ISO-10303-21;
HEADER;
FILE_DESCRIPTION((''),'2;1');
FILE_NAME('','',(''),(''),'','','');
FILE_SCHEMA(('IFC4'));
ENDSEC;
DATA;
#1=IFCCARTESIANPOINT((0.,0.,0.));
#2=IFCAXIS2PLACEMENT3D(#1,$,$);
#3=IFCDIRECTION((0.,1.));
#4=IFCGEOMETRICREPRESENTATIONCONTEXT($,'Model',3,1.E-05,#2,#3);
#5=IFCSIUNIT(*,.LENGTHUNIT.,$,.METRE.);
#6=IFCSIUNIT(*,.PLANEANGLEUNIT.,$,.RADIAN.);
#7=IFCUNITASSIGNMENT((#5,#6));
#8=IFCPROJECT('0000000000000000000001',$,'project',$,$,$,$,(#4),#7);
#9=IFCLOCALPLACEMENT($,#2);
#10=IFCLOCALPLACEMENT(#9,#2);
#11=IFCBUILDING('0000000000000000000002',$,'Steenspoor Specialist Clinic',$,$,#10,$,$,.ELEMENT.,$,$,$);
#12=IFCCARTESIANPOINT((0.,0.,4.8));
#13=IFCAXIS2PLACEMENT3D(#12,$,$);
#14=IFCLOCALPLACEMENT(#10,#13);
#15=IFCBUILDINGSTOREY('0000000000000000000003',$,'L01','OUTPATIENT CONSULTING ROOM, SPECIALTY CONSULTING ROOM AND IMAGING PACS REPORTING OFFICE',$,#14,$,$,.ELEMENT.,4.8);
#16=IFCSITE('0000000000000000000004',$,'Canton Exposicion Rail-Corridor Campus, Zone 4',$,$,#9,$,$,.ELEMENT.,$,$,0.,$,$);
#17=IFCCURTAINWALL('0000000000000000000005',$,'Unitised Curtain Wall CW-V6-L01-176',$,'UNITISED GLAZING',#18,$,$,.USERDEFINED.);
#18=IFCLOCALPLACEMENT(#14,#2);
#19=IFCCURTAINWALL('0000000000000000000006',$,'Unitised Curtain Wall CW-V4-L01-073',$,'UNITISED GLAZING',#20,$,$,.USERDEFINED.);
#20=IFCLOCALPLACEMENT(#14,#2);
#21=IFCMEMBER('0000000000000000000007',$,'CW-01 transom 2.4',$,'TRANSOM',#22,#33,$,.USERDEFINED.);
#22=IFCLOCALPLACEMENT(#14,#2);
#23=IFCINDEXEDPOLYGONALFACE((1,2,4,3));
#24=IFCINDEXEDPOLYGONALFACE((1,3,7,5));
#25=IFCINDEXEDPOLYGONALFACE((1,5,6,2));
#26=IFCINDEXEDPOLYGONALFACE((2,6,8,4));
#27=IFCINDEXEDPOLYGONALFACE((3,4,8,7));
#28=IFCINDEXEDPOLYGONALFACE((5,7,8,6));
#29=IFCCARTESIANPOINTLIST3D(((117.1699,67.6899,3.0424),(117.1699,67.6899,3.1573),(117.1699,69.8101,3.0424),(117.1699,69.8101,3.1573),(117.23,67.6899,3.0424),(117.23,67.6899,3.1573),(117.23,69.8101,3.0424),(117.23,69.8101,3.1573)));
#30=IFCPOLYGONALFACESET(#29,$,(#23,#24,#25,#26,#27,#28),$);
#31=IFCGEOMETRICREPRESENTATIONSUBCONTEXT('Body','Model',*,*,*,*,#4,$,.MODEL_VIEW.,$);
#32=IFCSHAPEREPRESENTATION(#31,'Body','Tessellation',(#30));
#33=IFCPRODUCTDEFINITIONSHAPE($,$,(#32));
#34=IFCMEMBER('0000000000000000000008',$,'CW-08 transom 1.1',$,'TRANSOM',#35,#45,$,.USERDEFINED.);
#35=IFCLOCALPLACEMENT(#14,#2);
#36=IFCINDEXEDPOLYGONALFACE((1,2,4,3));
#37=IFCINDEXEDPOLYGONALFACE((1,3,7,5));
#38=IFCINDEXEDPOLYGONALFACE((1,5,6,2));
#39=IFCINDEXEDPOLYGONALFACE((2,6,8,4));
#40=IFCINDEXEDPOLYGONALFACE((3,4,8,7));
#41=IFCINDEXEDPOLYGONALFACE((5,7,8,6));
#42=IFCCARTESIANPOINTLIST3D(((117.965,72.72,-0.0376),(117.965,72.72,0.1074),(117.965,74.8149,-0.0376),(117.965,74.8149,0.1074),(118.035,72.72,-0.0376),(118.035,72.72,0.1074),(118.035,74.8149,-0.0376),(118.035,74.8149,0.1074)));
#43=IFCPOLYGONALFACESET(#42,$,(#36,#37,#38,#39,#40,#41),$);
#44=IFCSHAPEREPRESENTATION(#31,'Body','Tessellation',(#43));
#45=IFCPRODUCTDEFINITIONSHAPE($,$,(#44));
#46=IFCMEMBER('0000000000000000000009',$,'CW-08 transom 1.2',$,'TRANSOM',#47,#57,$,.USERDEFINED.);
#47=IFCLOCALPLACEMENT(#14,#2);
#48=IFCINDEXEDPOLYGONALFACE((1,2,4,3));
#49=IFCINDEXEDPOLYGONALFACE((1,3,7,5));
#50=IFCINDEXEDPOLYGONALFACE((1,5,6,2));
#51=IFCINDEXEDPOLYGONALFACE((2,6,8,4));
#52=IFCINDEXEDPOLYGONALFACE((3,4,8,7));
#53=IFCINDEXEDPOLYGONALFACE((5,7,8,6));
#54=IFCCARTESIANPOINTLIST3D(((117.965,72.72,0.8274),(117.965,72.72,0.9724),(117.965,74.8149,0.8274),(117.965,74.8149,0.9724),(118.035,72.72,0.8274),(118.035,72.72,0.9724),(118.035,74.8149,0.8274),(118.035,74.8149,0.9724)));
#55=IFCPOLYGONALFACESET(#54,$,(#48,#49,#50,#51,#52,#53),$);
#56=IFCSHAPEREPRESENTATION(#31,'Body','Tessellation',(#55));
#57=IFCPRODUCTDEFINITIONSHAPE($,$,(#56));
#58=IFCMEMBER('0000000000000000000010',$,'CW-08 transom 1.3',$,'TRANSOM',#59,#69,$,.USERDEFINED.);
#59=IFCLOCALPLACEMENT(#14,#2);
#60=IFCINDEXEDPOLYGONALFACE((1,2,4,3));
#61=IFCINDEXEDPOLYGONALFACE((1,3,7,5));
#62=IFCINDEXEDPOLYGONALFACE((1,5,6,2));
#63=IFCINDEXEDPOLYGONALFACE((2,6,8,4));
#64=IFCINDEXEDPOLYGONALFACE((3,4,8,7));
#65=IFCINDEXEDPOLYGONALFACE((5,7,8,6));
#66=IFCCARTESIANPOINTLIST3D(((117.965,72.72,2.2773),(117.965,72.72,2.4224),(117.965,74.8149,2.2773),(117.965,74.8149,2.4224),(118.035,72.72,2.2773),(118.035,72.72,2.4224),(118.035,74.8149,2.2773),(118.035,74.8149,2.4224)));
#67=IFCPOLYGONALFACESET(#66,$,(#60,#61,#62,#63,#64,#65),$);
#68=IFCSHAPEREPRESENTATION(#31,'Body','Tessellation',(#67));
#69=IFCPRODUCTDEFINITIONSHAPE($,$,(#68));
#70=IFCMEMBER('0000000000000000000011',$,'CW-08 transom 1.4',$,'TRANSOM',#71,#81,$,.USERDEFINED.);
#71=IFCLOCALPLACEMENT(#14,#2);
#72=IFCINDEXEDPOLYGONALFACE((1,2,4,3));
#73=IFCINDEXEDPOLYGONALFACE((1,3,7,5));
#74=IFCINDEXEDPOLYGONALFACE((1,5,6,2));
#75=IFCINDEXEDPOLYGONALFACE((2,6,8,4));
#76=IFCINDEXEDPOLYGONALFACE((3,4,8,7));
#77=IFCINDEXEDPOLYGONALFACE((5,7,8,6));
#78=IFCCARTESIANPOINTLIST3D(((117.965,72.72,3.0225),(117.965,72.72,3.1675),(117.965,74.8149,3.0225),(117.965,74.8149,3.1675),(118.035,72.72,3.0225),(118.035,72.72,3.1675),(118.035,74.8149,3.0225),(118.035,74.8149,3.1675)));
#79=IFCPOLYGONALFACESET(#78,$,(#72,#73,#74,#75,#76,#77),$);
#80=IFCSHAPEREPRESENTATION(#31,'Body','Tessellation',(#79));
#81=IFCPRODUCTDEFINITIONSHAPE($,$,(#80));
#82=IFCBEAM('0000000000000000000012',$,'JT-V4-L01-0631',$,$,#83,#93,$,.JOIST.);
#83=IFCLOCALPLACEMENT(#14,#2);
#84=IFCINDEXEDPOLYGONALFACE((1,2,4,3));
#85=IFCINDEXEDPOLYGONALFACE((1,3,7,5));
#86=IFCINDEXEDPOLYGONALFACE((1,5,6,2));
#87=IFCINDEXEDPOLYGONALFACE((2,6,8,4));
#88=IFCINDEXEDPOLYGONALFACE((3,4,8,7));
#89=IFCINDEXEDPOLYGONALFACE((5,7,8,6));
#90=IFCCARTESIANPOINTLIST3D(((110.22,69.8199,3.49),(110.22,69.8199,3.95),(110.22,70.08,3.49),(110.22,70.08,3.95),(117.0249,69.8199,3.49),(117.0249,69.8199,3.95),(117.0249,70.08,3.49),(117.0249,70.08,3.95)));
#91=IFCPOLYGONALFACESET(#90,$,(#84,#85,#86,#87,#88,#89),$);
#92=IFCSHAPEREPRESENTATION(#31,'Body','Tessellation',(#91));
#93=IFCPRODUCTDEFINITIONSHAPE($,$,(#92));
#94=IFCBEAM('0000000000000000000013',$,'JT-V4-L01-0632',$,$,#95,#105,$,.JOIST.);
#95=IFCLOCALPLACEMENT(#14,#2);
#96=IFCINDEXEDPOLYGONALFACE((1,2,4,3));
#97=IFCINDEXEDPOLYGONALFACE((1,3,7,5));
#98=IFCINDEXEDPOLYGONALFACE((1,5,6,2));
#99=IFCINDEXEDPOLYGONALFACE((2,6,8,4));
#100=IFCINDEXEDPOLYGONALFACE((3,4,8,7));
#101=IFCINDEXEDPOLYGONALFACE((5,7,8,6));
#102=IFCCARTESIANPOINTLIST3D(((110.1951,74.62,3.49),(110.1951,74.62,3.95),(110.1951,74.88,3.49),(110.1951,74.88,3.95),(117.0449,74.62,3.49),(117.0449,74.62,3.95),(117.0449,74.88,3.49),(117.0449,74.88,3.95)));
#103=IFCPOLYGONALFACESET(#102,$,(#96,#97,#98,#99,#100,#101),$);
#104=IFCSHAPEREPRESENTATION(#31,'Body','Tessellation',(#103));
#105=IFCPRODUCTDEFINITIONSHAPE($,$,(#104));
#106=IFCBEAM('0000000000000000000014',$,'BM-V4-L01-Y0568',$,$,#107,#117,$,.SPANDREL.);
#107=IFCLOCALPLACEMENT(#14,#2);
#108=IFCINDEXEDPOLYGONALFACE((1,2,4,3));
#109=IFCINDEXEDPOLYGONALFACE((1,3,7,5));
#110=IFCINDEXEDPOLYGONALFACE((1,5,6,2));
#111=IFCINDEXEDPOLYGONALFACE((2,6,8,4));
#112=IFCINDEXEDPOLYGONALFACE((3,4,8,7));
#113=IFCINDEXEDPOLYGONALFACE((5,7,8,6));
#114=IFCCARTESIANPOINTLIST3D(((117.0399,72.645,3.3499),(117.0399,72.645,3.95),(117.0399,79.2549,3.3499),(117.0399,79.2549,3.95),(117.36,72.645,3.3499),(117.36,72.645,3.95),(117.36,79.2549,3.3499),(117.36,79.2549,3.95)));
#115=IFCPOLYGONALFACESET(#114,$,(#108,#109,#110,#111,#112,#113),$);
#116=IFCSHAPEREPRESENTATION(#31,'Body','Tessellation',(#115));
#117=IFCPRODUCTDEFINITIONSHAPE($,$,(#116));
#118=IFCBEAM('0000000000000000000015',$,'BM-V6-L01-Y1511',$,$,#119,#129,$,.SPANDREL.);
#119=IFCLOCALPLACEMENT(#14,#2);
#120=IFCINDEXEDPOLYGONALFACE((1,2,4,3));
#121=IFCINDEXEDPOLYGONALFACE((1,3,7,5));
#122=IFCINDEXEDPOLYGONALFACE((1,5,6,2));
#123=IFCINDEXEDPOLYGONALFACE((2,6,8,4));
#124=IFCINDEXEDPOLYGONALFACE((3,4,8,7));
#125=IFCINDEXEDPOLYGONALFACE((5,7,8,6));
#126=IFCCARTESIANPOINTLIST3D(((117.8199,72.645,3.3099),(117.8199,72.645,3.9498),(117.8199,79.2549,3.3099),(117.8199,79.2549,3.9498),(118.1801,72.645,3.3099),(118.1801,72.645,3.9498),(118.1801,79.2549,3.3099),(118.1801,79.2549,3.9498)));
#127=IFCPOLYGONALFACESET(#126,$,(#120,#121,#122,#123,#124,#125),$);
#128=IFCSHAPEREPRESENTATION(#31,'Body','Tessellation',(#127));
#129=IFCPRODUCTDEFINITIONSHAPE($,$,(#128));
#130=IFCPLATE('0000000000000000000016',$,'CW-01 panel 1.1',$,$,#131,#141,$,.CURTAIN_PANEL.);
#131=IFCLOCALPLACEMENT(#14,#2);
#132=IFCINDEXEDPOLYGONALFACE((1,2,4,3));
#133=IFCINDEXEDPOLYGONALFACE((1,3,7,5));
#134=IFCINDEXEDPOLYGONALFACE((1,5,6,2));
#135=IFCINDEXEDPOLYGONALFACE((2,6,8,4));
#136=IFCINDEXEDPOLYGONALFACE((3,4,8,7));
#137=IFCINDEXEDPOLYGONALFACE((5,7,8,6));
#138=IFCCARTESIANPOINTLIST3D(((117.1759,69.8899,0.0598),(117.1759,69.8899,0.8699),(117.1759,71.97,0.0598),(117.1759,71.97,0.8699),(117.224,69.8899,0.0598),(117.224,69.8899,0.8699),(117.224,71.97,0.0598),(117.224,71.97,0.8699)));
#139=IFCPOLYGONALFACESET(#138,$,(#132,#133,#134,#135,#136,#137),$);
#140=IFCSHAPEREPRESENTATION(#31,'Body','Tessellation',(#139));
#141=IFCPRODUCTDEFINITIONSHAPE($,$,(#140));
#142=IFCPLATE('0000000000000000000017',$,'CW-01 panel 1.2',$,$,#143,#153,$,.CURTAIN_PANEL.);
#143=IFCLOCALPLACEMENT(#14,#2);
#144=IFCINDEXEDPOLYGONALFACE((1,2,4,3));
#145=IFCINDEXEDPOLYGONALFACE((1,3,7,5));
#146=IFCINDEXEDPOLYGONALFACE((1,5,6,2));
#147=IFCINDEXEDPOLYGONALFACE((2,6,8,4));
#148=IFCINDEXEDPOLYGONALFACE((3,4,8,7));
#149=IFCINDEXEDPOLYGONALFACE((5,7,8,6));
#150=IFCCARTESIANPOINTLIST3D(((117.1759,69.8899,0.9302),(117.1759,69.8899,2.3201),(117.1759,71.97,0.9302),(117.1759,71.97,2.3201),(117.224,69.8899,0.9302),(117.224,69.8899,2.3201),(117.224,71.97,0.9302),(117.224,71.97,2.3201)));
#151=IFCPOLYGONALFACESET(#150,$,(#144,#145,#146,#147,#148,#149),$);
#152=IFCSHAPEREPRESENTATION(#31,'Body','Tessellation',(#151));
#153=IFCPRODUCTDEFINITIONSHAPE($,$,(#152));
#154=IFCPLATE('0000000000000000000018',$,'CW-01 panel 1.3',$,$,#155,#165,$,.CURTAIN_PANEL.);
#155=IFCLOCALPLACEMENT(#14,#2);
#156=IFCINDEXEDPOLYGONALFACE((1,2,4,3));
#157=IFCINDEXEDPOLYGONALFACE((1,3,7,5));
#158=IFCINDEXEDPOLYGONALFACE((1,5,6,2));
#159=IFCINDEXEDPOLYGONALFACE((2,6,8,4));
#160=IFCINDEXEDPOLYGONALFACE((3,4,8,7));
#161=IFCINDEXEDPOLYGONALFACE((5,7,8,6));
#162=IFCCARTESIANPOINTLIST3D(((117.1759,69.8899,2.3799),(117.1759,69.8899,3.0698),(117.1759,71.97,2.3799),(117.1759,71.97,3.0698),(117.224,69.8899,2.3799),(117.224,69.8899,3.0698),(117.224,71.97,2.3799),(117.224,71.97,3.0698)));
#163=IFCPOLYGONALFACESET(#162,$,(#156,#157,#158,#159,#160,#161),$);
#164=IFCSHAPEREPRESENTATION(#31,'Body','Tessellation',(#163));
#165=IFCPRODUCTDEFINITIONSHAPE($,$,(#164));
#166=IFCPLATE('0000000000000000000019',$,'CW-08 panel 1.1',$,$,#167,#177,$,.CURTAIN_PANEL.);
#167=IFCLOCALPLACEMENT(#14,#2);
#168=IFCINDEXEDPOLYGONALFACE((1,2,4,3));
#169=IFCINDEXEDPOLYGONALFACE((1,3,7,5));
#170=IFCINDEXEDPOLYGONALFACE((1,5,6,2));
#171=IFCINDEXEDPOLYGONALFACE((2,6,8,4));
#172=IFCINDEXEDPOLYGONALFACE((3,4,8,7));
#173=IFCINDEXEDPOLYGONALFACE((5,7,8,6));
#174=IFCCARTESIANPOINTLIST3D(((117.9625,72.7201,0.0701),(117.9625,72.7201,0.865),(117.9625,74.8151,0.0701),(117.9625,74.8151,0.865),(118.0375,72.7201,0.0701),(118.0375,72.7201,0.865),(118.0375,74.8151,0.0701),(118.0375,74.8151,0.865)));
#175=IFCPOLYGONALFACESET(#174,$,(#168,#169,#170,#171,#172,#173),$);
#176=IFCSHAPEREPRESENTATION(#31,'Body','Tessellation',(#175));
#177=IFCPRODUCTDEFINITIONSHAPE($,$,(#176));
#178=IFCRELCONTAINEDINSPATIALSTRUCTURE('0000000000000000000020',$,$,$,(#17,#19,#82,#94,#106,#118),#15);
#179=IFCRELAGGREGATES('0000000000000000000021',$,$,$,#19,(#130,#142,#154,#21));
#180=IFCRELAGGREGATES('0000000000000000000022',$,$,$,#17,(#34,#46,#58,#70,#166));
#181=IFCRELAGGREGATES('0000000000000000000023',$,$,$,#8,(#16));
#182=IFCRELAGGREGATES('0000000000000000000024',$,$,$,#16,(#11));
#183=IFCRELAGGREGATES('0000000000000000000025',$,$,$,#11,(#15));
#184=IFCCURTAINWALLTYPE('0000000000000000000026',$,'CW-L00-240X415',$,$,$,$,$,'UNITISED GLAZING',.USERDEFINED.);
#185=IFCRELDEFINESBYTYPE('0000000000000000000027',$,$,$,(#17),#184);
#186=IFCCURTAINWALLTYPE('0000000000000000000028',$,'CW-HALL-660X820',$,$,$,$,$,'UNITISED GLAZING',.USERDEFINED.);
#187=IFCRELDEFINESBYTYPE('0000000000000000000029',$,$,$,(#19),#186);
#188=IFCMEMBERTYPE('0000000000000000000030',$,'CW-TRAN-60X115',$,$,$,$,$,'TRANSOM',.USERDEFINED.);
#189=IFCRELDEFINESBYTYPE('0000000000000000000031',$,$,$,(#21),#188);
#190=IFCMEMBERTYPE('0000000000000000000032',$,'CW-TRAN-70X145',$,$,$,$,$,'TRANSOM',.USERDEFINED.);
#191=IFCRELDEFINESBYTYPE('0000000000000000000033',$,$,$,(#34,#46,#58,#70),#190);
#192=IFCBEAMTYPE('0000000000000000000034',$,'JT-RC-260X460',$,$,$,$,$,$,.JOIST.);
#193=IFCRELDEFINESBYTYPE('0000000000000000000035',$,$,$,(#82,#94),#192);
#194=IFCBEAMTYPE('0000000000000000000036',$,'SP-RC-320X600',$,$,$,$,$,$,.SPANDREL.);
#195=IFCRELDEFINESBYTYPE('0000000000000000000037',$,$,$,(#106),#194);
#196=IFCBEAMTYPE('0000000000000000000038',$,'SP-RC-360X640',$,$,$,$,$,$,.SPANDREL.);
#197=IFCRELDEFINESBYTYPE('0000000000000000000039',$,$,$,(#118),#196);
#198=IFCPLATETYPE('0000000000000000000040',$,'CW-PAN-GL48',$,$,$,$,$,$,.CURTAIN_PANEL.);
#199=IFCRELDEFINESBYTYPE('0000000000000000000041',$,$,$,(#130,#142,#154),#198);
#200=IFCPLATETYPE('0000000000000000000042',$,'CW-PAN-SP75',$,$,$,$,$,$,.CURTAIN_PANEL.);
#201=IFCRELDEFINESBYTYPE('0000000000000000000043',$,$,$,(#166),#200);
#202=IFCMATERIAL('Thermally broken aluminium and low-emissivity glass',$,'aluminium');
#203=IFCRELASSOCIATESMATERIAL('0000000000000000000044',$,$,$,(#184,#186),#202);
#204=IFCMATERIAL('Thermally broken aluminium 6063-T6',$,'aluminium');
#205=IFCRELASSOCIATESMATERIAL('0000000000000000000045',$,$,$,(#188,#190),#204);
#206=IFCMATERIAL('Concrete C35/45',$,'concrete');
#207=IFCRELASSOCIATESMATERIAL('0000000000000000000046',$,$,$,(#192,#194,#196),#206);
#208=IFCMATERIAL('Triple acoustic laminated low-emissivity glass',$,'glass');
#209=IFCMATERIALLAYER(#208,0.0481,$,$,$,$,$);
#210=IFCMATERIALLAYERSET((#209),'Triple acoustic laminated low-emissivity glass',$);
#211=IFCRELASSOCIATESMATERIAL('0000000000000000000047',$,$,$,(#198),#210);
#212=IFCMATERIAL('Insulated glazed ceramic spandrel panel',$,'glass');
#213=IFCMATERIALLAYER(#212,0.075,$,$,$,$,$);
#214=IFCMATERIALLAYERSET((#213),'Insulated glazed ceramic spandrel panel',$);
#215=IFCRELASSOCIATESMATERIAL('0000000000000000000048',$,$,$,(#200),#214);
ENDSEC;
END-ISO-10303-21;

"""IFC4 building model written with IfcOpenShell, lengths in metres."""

from ifc_helpers import new_model, si_unit, direction, frame, origin, origin_2d, place, context, subcontext, project, spatial, rectangle, extrude, material, layer, layer_set, material_profile, profile_set, type_object, element, aggregate, save


model = new_model("IFC4")

# Units and contexts
model_context = context("Model", 3, precision=1e-05, world=origin(), true_north=direction((0.0, 1.0)))
body_context = subcontext(model_context, "Body", "Model", "MODEL_VIEW")
ifc_project = project(units=[si_unit("LENGTHUNIT", "METRE"), si_unit("PLANEANGLEUNIT", "RADIAN")], contexts=[model_context])

# Site, building, storey
site_placement = place(None, origin())
site = spatial("IfcSite", under=ifc_project, at=site_placement, Name="Canton Exposicion Rail-Corridor Campus, Zone 4", CompositionType="ELEMENT", RefElevation=0.0)
building_placement = place(site_placement, origin())
building = spatial("IfcBuilding", under=site, at=building_placement, Name="Steenspoor Specialist Clinic", CompositionType="ELEMENT")
storey_placement = place(building_placement, frame((0.0, 0.0, 4.8)))
storey = spatial("IfcBuildingStorey", under=building, at=storey_placement, Name="L01", Description="OUTPATIENT CONSULTING ROOM, SPECIALTY CONSULTING ROOM AND IMAGING PACS REPORTING OFFICE", CompositionType="ELEMENT", Elevation=4.8)

# Shared definitions
ifc_material_1 = material(Name="Concrete C35/45", Category="concrete")

# Curtain walls, member
ifc_material_2 = material(Name="Thermally broken aluminium and low-emissivity glass", Category="aluminium")
curtain_wall_type_1 = type_object("IfcCurtainWallType", Name="CW-L00-240X415", ElementType="UNITISED GLAZING", PredefinedType="USERDEFINED", material=ifc_material_2)
curtain_wall_1_placement = place(storey_placement, origin())
curtain_wall_1 = element("IfcCurtainWall", 1, at=curtain_wall_1_placement, inside=storey, type_object=curtain_wall_type_1, Name="Unitised Curtain Wall CW-V6-L01-176", ObjectType="UNITISED GLAZING", PredefinedType="USERDEFINED")
ifc_material_3 = material(Name="Thermally broken aluminium 6063-T6", Category="aluminium")
curtain_wall_type_2 = type_object("IfcCurtainWallType", Name="CW-HALL-660X820", ElementType="UNITISED GLAZING", PredefinedType="USERDEFINED", material=ifc_material_2)
curtain_wall_2_placement = place(storey_placement, origin())
curtain_wall_2 = element("IfcCurtainWall", 2, at=curtain_wall_2_placement, inside=storey, type_object=curtain_wall_type_2, Name="Unitised Curtain Wall CW-V4-L01-073", ObjectType="UNITISED GLAZING", PredefinedType="USERDEFINED")
ifc_material_profile_1 = material_profile(ifc_material_3, rectangle(XDim=0.0601, YDim=0.115, at=origin_2d()), Name="CWT-60X115")
ifc_profile_set_1 = profile_set([ifc_material_profile_1], Name="Thermally broken aluminium 6063-T6")
member_type_1 = type_object("IfcMemberType", Name="CW-TRAN-60X115", ElementType="TRANSOM", PredefinedType="USERDEFINED", material=ifc_profile_set_1)
member_1_placement = place(storey_placement, frame((117.2, 69.8101, 3.0999), z_axis=(0.0, -1.0, 0.0), x_axis=(1.0, 0.0, 0.0)))
member_1 = element("IfcMember", 3, at=member_1_placement, type_object=member_type_1, Name="CW-01 transom 2.4", ObjectType="TRANSOM", PredefinedType="USERDEFINED", context=body_context, shape_type="SweptSolid", body=[
    extrude(rectangle(XDim=0.0601, YDim=0.115, at=origin_2d()), origin(), (0.0, 0.0, 1.0), 2.1201),
])

# Members
ifc_material_profile_2 = material_profile(ifc_material_3, rectangle(XDim=0.0701, YDim=0.145, at=origin_2d()), Name="CWT-70X145")
ifc_profile_set_2 = profile_set([ifc_material_profile_2], Name="Thermally broken aluminium 6063-T6")
member_type_2 = type_object("IfcMemberType", Name="CW-TRAN-70X145", ElementType="TRANSOM", PredefinedType="USERDEFINED", material=ifc_profile_set_2)
member_2_placement = place(storey_placement, frame((118.0, 72.72, 0.0349), z_axis=(0.0, 1.0, 0.0), x_axis=(-1.0, 0.0, 0.0)))
member_2 = element("IfcMember", 4, at=member_2_placement, type_object=member_type_2, Name="CW-08 transom 1.1", ObjectType="TRANSOM", PredefinedType="USERDEFINED", context=body_context, shape_type="SweptSolid", body=[
    extrude(rectangle(XDim=0.0701, YDim=0.145, at=origin_2d()), origin(), (0.0, 0.0, 1.0), 2.095),
])
member_3_placement = place(storey_placement, frame((118.0, 72.72, 0.8999), z_axis=(0.0, 1.0, 0.0), x_axis=(-1.0, 0.0, 0.0)))
member_3 = element("IfcMember", 5, at=member_3_placement, type_object=member_type_2, Name="CW-08 transom 1.2", ObjectType="TRANSOM", PredefinedType="USERDEFINED", context=body_context, shape_type="SweptSolid", body=[
    extrude(rectangle(XDim=0.0701, YDim=0.145, at=origin_2d()), origin(), (0.0, 0.0, 1.0), 2.095),
])
member_4_placement = place(storey_placement, frame((118.0, 72.72, 2.3499), z_axis=(0.0, 1.0, 0.0), x_axis=(-1.0, 0.0, 0.0)))
member_4 = element("IfcMember", 6, at=member_4_placement, type_object=member_type_2, Name="CW-08 transom 1.3", ObjectType="TRANSOM", PredefinedType="USERDEFINED", context=body_context, shape_type="SweptSolid", body=[
    extrude(rectangle(XDim=0.0701, YDim=0.145, at=origin_2d()), origin(), (0.0, 0.0, 1.0), 2.095),
])
member_5_placement = place(storey_placement, frame((118.0, 72.72, 3.095), z_axis=(0.0, 1.0, 0.0), x_axis=(-1.0, 0.0, 0.0)))
member_5 = element("IfcMember", 7, at=member_5_placement, type_object=member_type_2, Name="CW-08 transom 1.4", ObjectType="TRANSOM", PredefinedType="USERDEFINED", context=body_context, shape_type="SweptSolid", body=[
    extrude(rectangle(XDim=0.0701, YDim=0.145, at=origin_2d()), origin(), (0.0, 0.0, 1.0), 2.095),
])

# Beams
ifc_material_profile_3 = material_profile(ifc_material_1, rectangle(XDim=0.26, YDim=0.46, at=origin_2d()), Name="RC-JT-260X460")
ifc_profile_set_3 = profile_set([ifc_material_profile_3], Name="Concrete C35/45")
beam_type_1 = type_object("IfcBeamType", Name="JT-RC-260X460", PredefinedType="JOIST", material=ifc_profile_set_3)
beam_1_placement = place(storey_placement, frame((110.22, 69.95, 3.72), z_axis=(1.0, 0.0, 0.0), x_axis=(0.0, 1.0, 0.0)))
element("IfcBeam", 8, at=beam_1_placement, inside=storey, type_object=beam_type_1, Name="JT-V4-L01-0631", PredefinedType="JOIST", context=body_context, shape_type="SweptSolid", body=[
    extrude(rectangle(XDim=0.26, YDim=0.46, at=origin_2d()), origin(), (0.0, 0.0, 1.0), 6.8049),
])
beam_2_placement = place(storey_placement, frame((110.1951, 74.75, 3.72), z_axis=(1.0, 0.0, 0.0), x_axis=(0.0, 1.0, 0.0)))
element("IfcBeam", 9, at=beam_2_placement, inside=storey, type_object=beam_type_1, Name="JT-V4-L01-0632", PredefinedType="JOIST", context=body_context, shape_type="SweptSolid", body=[
    extrude(rectangle(XDim=0.26, YDim=0.46, at=origin_2d()), origin(), (0.0, 0.0, 1.0), 6.8499),
])
ifc_material_profile_4 = material_profile(ifc_material_1, rectangle(XDim=0.3201, YDim=0.6001, at=origin_2d()), Name="RC-SP-320X600")
ifc_profile_set_4 = profile_set([ifc_material_profile_4], Name="Concrete C35/45")
beam_type_2 = type_object("IfcBeamType", Name="SP-RC-320X600", PredefinedType="SPANDREL", material=ifc_profile_set_4)
beam_3_placement = place(storey_placement, frame((117.2, 72.645, 3.6499), z_axis=(0.0, 1.0, 0.0), x_axis=(-1.0, 0.0, 0.0)))
element("IfcBeam", 10, at=beam_3_placement, inside=storey, type_object=beam_type_2, Name="BM-V4-L01-Y0568", PredefinedType="SPANDREL", context=body_context, shape_type="SweptSolid", body=[
    extrude(rectangle(XDim=0.3201, YDim=0.6001, at=origin_2d()), origin(), (0.0, 0.0, 1.0), 6.6099),
])
ifc_material_profile_5 = material_profile(ifc_material_1, rectangle(XDim=0.3601, YDim=0.6399, at=origin_2d()), Name="RC-SP-360X640")
ifc_profile_set_5 = profile_set([ifc_material_profile_5], Name="Concrete C35/45")
beam_type_3 = type_object("IfcBeamType", Name="SP-RC-360X640", PredefinedType="SPANDREL", material=ifc_profile_set_5)
beam_4_placement = place(storey_placement, frame((118.0, 72.645, 3.6299), z_axis=(0.0, 1.0, 0.0), x_axis=(-1.0, 0.0, 0.0)))
element("IfcBeam", 11, at=beam_4_placement, inside=storey, type_object=beam_type_3, Name="BM-V6-L01-Y1511", PredefinedType="SPANDREL", context=body_context, shape_type="SweptSolid", body=[
    extrude(rectangle(XDim=0.3601, YDim=0.6399, at=origin_2d()), origin(), (0.0, 0.0, 1.0), 6.6099),
])

# Plates
ifc_material_4 = material(Name="Triple acoustic laminated low-emissivity glass", Category="glass")
ifc_layer_1 = layer(ifc_material_4, 0.0481)
ifc_layer_set_1 = layer_set([ifc_layer_1], Name="Triple acoustic laminated low-emissivity glass")
plate_type_1 = type_object("IfcPlateType", Name="CW-PAN-GL48", PredefinedType="CURTAIN_PANEL", material=ifc_layer_set_1)
plate_1_placement = place(storey_placement, frame((117.2, 70.9299, 0.0598), z_axis=(0.0, 0.0, 1.0), x_axis=(0.0, -1.0, 0.0)))
plate_1 = element("IfcPlate", 12, at=plate_1_placement, type_object=plate_type_1, Name="CW-01 panel 1.1", PredefinedType="CURTAIN_PANEL", context=body_context, shape_type="SweptSolid", body=[
    extrude(rectangle(XDim=2.0801, YDim=0.0481, at=origin_2d()), origin(), (0.0, 0.0, 1.0), 0.8101),
])
plate_2_placement = place(storey_placement, frame((117.2, 70.9299, 0.9302), z_axis=(0.0, 0.0, 1.0), x_axis=(0.0, -1.0, 0.0)))
plate_2 = element("IfcPlate", 13, at=plate_2_placement, type_object=plate_type_1, Name="CW-01 panel 1.2", PredefinedType="CURTAIN_PANEL", context=body_context, shape_type="SweptSolid", body=[
    extrude(rectangle(XDim=2.0801, YDim=0.0481, at=origin_2d()), origin(), (0.0, 0.0, 1.0), 1.3899),
])
plate_3_placement = place(storey_placement, frame((117.2, 70.9299, 2.3799), z_axis=(0.0, 0.0, 1.0), x_axis=(0.0, -1.0, 0.0)))
plate_3 = element("IfcPlate", 14, at=plate_3_placement, type_object=plate_type_1, Name="CW-01 panel 1.3", PredefinedType="CURTAIN_PANEL", context=body_context, shape_type="SweptSolid", body=[
    extrude(rectangle(XDim=2.0801, YDim=0.0481, at=origin_2d()), origin(), (0.0, 0.0, 1.0), 0.6899),
])
aggregate(curtain_wall_2, [plate_1, plate_2, plate_3, member_1])
ifc_material_5 = material(Name="Insulated glazed ceramic spandrel panel", Category="glass")
ifc_layer_2 = layer(ifc_material_5, 0.075)
ifc_layer_set_2 = layer_set([ifc_layer_2], Name="Insulated glazed ceramic spandrel panel")
plate_type_2 = type_object("IfcPlateType", Name="CW-PAN-SP75", PredefinedType="CURTAIN_PANEL", material=ifc_layer_set_2)
plate_4_placement = place(storey_placement, frame((118.0, 73.7676, 0.0701), z_axis=(0.0, 0.0, 1.0), x_axis=(0.0, 1.0, 0.0)))
plate_4 = element("IfcPlate", 15, at=plate_4_placement, type_object=plate_type_2, Name="CW-08 panel 1.1", PredefinedType="CURTAIN_PANEL", context=body_context, shape_type="SweptSolid", body=[
    extrude(rectangle(XDim=2.095, YDim=0.075, at=origin_2d()), origin(), (0.0, 0.0, 1.0), 0.7949),
])
aggregate(curtain_wall_1, [member_2, member_3, member_4, member_5, plate_4])

save(model, "model.ifc")
